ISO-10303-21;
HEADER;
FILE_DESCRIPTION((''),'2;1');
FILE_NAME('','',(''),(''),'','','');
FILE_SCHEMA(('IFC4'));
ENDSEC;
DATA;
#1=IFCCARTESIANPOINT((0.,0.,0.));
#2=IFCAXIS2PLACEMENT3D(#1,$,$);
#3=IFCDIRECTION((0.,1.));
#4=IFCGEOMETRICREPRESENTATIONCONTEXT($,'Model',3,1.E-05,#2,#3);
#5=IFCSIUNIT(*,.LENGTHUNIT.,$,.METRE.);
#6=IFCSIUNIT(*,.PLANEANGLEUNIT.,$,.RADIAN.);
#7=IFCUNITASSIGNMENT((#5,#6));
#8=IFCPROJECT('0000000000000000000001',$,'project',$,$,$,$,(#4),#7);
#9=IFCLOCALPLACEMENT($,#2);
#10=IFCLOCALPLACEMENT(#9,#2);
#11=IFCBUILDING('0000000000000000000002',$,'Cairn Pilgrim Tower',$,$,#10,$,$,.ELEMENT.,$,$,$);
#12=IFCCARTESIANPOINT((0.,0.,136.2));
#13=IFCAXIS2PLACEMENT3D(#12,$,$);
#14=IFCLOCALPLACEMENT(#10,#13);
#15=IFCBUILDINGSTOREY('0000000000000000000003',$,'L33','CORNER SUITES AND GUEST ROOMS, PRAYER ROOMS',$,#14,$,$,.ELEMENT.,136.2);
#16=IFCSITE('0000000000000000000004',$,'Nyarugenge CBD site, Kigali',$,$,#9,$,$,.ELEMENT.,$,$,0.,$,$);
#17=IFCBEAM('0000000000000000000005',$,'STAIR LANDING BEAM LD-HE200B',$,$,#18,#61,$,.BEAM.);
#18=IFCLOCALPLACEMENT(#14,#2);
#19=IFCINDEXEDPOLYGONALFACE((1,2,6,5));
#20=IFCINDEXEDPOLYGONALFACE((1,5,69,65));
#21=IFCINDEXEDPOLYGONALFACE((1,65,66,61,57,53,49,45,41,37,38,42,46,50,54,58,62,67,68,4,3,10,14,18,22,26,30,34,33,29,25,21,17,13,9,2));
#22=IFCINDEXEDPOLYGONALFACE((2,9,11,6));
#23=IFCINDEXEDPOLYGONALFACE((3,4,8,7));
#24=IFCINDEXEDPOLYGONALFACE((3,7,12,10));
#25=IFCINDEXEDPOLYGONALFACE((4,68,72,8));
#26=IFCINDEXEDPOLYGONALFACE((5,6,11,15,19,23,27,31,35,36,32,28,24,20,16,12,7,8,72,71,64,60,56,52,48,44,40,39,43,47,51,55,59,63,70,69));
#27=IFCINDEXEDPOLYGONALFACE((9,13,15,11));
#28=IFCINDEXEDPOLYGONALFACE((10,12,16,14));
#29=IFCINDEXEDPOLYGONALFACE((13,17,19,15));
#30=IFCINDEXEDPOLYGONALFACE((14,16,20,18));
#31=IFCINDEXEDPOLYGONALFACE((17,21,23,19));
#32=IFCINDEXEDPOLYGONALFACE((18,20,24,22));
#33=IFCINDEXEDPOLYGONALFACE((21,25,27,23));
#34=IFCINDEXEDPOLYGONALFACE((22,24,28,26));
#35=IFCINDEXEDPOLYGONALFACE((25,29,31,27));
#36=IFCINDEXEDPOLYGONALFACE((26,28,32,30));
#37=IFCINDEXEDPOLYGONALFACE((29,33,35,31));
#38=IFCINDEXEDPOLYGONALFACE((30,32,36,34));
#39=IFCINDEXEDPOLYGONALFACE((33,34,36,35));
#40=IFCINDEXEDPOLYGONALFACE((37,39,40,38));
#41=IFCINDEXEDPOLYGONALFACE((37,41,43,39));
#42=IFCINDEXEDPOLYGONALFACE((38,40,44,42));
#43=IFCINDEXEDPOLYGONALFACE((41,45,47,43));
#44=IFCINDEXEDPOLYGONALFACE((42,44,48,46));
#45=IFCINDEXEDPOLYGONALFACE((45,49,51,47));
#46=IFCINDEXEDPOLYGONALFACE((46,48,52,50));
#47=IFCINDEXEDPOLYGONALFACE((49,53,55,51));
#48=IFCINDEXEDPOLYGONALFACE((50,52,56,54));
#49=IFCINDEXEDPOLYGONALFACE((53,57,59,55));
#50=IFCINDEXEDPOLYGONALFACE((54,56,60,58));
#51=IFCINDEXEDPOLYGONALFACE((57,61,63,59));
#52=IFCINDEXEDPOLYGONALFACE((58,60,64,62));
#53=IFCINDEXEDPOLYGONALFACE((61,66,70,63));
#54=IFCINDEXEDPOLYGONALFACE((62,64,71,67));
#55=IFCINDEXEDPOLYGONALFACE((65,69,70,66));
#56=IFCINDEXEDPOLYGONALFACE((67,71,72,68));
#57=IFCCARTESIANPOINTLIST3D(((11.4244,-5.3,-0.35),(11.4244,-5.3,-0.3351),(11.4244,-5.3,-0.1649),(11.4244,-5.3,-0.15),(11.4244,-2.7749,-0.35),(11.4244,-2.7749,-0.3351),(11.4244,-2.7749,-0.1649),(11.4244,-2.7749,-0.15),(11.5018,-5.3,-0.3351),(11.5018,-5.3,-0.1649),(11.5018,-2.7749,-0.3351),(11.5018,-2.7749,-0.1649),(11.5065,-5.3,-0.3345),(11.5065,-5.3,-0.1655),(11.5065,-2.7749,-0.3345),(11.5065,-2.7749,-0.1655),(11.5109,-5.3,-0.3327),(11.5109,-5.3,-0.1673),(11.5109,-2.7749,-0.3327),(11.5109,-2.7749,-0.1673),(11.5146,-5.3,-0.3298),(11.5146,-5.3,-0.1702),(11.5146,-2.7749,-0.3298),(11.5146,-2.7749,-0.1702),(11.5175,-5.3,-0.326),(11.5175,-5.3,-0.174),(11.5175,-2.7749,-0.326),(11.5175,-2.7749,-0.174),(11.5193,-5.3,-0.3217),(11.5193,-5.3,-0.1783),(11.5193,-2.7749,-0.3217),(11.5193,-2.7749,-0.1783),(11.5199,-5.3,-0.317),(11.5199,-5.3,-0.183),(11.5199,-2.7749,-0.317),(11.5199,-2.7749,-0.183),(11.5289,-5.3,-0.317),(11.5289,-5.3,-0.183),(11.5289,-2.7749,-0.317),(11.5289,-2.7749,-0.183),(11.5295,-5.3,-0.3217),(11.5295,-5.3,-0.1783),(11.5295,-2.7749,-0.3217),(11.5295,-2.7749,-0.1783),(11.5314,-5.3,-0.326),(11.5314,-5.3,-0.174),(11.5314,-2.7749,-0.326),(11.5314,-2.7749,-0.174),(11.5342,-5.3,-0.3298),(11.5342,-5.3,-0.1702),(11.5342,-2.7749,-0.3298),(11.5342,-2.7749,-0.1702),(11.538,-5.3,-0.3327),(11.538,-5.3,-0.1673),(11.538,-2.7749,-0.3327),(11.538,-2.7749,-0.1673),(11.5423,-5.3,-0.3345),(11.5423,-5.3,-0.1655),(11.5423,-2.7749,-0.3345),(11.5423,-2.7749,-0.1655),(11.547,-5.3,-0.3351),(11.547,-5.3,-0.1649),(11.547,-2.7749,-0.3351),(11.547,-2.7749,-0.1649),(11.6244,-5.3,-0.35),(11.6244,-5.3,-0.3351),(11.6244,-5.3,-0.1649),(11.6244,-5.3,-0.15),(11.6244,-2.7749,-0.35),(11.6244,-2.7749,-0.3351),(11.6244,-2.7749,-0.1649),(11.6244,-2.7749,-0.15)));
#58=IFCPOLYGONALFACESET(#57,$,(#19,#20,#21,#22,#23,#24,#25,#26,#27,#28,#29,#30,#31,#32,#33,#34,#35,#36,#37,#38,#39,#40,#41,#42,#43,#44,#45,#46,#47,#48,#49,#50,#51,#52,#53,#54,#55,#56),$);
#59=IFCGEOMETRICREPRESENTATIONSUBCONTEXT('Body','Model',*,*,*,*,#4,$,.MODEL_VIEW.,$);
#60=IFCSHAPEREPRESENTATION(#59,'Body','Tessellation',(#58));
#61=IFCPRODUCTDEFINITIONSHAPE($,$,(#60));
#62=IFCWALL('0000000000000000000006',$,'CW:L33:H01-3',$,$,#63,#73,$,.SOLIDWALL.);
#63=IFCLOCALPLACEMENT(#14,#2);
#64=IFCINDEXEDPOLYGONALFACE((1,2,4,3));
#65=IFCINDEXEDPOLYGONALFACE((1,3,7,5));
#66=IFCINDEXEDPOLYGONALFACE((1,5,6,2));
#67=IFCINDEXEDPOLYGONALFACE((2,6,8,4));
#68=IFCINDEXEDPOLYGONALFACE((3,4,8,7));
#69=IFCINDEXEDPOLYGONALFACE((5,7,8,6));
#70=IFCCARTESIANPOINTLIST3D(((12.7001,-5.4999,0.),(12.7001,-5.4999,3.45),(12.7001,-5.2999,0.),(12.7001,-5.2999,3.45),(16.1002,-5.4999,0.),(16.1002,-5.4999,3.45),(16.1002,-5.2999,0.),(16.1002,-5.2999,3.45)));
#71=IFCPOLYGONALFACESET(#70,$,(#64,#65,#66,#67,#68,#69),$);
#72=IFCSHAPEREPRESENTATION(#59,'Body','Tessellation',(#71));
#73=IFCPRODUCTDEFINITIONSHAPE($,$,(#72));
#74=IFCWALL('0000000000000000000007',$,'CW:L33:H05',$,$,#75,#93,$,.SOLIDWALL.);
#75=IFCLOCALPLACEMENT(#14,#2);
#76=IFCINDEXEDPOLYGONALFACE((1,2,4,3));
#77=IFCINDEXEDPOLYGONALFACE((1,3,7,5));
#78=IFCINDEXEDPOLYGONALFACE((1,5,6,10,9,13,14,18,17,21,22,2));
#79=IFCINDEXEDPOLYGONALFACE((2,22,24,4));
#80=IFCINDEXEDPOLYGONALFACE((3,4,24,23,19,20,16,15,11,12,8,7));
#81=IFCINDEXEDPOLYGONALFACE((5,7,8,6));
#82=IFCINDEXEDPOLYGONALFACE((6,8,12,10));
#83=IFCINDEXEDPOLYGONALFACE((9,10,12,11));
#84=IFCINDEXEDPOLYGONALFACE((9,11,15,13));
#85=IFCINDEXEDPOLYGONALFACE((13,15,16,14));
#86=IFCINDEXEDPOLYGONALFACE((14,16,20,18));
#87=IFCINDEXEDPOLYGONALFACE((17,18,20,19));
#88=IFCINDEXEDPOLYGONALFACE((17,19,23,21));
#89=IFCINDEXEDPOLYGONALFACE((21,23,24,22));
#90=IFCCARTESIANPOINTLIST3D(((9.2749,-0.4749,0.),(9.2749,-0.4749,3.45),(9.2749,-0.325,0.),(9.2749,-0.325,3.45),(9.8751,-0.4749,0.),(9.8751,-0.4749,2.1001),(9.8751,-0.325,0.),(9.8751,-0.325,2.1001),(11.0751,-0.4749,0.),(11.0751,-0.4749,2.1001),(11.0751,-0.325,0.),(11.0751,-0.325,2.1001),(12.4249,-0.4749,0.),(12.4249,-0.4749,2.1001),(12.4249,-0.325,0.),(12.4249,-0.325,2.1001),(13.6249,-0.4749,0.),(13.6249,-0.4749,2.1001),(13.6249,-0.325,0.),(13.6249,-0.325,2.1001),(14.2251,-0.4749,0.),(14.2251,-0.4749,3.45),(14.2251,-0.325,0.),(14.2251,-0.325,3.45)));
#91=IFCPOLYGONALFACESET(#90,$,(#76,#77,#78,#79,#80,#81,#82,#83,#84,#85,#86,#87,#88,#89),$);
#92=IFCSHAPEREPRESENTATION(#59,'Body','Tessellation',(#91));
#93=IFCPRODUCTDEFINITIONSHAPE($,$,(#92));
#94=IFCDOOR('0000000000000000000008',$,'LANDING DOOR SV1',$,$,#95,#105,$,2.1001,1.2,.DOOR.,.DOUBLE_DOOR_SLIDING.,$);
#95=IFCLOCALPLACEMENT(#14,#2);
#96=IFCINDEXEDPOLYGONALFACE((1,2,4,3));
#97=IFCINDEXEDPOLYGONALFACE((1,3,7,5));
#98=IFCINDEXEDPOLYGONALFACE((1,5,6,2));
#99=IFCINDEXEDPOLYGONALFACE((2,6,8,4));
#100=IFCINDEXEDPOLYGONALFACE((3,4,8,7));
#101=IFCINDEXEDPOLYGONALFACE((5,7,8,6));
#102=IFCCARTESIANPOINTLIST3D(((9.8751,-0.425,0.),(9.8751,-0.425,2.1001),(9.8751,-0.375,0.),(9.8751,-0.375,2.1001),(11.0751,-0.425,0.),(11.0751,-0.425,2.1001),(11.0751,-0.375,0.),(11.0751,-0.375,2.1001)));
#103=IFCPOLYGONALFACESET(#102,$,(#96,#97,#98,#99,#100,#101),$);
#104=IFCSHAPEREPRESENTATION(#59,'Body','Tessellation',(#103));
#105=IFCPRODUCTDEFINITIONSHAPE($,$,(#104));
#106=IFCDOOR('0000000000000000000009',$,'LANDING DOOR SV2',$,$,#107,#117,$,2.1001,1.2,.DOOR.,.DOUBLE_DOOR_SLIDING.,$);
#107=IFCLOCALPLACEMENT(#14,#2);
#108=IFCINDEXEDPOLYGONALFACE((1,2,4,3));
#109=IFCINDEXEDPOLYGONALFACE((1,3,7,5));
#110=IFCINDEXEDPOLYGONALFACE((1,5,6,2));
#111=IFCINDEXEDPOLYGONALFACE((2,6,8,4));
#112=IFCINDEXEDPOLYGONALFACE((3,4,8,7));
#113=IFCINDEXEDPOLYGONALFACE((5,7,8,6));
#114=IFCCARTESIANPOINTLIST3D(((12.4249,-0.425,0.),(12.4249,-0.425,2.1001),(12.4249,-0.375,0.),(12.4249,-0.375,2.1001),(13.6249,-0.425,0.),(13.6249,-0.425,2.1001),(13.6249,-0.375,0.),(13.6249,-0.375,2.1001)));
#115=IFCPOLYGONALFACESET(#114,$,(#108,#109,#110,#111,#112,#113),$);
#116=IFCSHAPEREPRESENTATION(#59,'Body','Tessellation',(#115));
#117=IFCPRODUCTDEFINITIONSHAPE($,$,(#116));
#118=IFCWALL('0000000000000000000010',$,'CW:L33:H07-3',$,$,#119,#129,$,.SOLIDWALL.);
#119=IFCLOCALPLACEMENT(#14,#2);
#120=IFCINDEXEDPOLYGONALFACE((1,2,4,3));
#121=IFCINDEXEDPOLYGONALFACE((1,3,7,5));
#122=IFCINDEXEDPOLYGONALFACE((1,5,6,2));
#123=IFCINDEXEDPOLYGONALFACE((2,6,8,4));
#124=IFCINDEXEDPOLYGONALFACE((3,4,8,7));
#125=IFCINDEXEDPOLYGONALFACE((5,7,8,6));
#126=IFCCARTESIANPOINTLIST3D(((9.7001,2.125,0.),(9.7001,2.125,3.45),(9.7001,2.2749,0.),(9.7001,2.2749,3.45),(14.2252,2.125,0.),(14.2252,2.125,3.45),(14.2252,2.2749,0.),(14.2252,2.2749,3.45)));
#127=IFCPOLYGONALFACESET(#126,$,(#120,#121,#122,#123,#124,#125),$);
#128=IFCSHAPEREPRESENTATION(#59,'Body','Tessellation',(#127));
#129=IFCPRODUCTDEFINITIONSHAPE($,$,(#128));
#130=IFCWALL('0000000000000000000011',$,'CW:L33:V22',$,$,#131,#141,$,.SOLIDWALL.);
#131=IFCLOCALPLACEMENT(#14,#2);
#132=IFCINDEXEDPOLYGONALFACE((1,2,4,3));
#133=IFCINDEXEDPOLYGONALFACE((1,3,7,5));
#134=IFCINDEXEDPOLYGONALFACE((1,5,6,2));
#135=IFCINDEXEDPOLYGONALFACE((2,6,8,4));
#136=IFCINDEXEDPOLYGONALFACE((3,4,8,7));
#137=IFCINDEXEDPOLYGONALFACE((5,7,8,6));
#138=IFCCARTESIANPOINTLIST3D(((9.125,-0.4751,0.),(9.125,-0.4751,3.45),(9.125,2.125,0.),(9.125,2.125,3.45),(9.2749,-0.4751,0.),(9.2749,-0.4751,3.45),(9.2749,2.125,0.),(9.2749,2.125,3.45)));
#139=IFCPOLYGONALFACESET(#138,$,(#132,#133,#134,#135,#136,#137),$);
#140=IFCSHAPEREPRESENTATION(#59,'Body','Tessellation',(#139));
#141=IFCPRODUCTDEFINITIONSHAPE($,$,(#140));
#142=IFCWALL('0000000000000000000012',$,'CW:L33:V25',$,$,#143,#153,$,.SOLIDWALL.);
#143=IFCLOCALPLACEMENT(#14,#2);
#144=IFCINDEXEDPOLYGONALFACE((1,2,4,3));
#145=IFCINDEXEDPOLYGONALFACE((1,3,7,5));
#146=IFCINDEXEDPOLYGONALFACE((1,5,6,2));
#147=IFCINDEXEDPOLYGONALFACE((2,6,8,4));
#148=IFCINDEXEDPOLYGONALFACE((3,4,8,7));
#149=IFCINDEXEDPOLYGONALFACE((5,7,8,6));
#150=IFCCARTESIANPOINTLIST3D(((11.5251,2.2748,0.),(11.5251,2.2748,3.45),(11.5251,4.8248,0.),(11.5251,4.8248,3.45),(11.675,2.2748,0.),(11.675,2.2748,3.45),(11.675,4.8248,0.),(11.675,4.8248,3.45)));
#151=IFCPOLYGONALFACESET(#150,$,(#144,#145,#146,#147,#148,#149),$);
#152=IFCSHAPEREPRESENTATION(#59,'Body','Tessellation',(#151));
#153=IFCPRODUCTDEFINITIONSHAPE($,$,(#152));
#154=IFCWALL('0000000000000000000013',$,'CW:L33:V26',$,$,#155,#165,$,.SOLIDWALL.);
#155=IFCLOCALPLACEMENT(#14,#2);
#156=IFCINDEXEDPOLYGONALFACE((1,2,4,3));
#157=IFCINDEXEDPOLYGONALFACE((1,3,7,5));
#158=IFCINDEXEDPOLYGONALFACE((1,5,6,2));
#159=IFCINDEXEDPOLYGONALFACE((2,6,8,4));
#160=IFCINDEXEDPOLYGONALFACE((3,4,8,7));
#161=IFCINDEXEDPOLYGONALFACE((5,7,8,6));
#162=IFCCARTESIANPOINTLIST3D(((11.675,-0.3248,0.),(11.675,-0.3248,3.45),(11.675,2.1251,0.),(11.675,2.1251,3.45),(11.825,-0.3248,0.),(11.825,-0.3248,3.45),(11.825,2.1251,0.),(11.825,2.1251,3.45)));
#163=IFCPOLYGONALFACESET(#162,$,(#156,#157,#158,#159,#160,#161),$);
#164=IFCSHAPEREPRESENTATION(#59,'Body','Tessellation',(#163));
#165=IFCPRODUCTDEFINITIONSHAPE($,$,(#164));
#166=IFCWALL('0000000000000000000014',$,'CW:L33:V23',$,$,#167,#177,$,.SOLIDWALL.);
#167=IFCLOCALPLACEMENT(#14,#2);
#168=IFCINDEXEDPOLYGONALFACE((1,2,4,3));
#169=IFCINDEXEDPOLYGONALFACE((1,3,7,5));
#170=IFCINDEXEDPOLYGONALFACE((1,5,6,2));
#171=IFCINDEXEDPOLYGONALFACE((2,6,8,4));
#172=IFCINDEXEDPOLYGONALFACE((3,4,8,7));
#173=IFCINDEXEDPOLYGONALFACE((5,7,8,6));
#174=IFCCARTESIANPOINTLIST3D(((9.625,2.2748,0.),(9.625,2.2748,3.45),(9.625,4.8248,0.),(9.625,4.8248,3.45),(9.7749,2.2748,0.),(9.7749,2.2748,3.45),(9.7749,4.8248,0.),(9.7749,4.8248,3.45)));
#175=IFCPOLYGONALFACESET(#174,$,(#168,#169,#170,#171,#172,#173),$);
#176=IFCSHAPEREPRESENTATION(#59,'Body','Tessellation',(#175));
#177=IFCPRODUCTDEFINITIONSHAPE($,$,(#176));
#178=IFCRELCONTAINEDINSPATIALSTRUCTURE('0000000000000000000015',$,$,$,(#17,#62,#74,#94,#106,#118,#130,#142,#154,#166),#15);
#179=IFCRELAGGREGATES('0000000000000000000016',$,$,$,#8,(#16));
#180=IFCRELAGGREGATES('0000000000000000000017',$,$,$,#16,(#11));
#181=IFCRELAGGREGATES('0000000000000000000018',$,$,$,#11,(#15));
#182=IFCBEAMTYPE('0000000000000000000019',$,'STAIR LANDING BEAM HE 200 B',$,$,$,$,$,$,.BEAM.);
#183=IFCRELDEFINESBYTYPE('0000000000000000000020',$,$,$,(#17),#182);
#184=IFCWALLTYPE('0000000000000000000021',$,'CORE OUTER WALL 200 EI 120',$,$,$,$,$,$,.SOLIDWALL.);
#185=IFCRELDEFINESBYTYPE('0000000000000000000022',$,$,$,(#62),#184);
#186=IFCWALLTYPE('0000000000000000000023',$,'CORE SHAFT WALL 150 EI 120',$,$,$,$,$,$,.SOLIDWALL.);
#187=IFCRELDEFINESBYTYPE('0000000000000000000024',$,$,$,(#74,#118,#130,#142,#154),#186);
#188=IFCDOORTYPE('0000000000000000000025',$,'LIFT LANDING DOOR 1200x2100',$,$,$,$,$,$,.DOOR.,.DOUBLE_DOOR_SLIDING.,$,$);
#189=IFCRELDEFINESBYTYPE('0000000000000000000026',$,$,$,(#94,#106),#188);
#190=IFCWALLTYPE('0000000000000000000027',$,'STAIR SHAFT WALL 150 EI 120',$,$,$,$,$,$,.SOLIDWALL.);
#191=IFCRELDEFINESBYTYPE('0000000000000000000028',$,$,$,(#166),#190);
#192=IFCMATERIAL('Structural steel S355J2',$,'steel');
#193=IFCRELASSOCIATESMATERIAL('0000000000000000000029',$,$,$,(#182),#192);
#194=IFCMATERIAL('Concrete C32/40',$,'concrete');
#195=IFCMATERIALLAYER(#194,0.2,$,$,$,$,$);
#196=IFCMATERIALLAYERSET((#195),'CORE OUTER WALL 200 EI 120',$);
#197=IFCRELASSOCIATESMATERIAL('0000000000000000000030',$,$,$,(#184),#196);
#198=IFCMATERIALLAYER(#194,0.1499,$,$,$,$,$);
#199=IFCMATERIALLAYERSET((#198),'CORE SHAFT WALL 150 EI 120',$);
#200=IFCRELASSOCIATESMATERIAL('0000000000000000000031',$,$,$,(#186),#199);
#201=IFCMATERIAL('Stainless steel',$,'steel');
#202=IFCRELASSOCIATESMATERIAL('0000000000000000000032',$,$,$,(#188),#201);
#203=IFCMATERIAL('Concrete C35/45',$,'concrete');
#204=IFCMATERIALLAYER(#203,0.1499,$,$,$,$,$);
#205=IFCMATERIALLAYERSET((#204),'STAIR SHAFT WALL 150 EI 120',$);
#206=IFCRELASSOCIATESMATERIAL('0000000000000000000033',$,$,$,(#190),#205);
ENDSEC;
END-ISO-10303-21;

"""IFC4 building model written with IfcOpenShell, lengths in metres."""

from ifc_helpers import new_model, si_unit, direction, frame, frame_2d, origin, origin_2d, place, context, subcontext, project, spatial, rectangle, i_section, extrude, material, layer, layer_set, material_profile, profile_set, type_object, element, fill, save


model = new_model("IFC4")

# Units and contexts
model_context = context("Model", 3, precision=1e-05, world=origin(), true_north=direction((0.0, 1.0)))
body_context = subcontext(model_context, "Body", "Model", "MODEL_VIEW")
ifc_project = project(units=[si_unit("LENGTHUNIT", "METRE"), si_unit("PLANEANGLEUNIT", "RADIAN")], contexts=[model_context])

# Site, building, storey
site_placement = place(None, origin())
site = spatial("IfcSite", under=ifc_project, at=site_placement, Name="Nyarugenge CBD site, Kigali", CompositionType="ELEMENT", RefElevation=0.0)
building_placement = place(site_placement, origin())
building = spatial("IfcBuilding", under=site, at=building_placement, Name="Cairn Pilgrim Tower", CompositionType="ELEMENT")
storey_placement = place(building_placement, frame((0.0, 0.0, 136.2)))
storey = spatial("IfcBuildingStorey", under=building, at=storey_placement, Name="L33", Description="CORNER SUITES AND GUEST ROOMS, PRAYER ROOMS", CompositionType="ELEMENT", Elevation=136.2)

# Beam
ifc_material_1 = material(Name="Structural steel S355J2", Category="steel")
ifc_material_profile = material_profile(ifc_material_1, i_section(OverallWidth=0.2, OverallDepth=0.2, WebThickness=0.009, FlangeThickness=0.0149, FilletRadius=0.0181, at=origin_2d()), Name="HE 200 B")
ifc_profile_set = profile_set([ifc_material_profile], Name="Structural steel S355J2")
beam_type = type_object("IfcBeamType", Name="STAIR LANDING BEAM HE 200 B", PredefinedType="BEAM", material=ifc_profile_set)
beam_placement = place(storey_placement, frame((11.5244, -2.7749, -0.25), z_axis=(0.0, -1.0, 0.0), x_axis=(1.0, 0.0, 0.0)))
element("IfcBeam", 1, at=beam_placement, inside=storey, type_object=beam_type, Name="STAIR LANDING BEAM LD-HE200B", PredefinedType="BEAM", context=body_context, shape_type="SweptSolid", body=[
    extrude(i_section(OverallWidth=0.2, OverallDepth=0.2, WebThickness=0.009, FlangeThickness=0.0149, FilletRadius=0.0181, at=origin_2d()), origin(), (0.0, 0.0, 1.0), 2.5251),
])

# Wall
ifc_material_2 = material(Name="Concrete C32/40", Category="concrete")
ifc_layer_1 = layer(ifc_material_2, 0.2)
ifc_layer_set_1 = layer_set([ifc_layer_1], Name="CORE OUTER WALL 200 EI 120")
wall_type_1 = type_object("IfcWallType", Name="CORE OUTER WALL 200 EI 120", PredefinedType="SOLIDWALL", material=ifc_layer_set_1)
wall_1_placement = place(storey_placement, frame((12.7, -5.3999, 0.0), z_axis=(0.0, 0.0, 1.0), x_axis=(1.0, 0.0, 0.0)))
element("IfcWall", 2, at=wall_1_placement, inside=storey, type_object=wall_type_1, Name="CW:L33:H01-3", PredefinedType="SOLIDWALL", context=body_context, shape_type="SweptSolid", body=[
    extrude(rectangle(XDim=3.4001, YDim=0.2, at=frame_2d((1.7002, 0.0))), origin(), (0.0, 0.0, 1.0), 3.45),
])

# Wall, openings, doors
ifc_layer_2 = layer(ifc_material_2, 0.1499)
ifc_layer_set_2 = layer_set([ifc_layer_2], Name="CORE SHAFT WALL 150 EI 120")
wall_type_2 = type_object("IfcWallType", Name="CORE SHAFT WALL 150 EI 120", PredefinedType="SOLIDWALL", material=ifc_layer_set_2)
wall_2_placement = place(storey_placement, frame((9.2749, -0.3999, 0.0), z_axis=(0.0, 0.0, 1.0), x_axis=(1.0, 0.0, 0.0)))
wall_2 = element("IfcWall", 3, at=wall_2_placement, inside=storey, type_object=wall_type_2, Name="CW:L33:H05", PredefinedType="SOLIDWALL", context=body_context, shape_type="SweptSolid", body=[
    extrude(rectangle(XDim=4.9502, YDim=0.1499, at=frame_2d((2.4751, 0.0))), origin(), (0.0, 0.0, 1.0), 3.45),
])
opening_1_placement = place(wall_2_placement, frame((0.6001, 0.0, 0.0)))
opening_1 = element("IfcOpeningElement", 4, at=opening_1_placement, cuts=wall_2, PredefinedType="OPENING", context=body_context, shape_type="SweptSolid", body=[
    extrude(rectangle(XDim=1.2, YDim=2.1001, at=frame_2d((0.6001, 1.05))), frame((0.0, 0.085, 0.0), z_axis=(0.0, -1.0, 0.0), x_axis=(1.0, 0.0, 0.0)), (0.0, 0.0, 1.0), 0.1699),
])
opening_2_placement = place(wall_2_placement, frame((3.1499, 0.0, 0.0)))
opening_2 = element("IfcOpeningElement", 5, at=opening_2_placement, cuts=wall_2, PredefinedType="OPENING", context=body_context, shape_type="SweptSolid", body=[
    extrude(rectangle(XDim=1.2, YDim=2.1001, at=frame_2d((0.6001, 1.05))), frame((0.0, 0.085, 0.0), z_axis=(0.0, -1.0, 0.0), x_axis=(1.0, 0.0, 0.0)), (0.0, 0.0, 1.0), 0.1699),
])
ifc_material_3 = material(Name="Stainless steel", Category="steel")
door_type = type_object("IfcDoorType", Name="LIFT LANDING DOOR 1200x2100", OperationType="DOUBLE_DOOR_SLIDING", PredefinedType="DOOR", material=ifc_material_3)
door_1_placement = place(opening_1_placement, origin())
door_1 = element("IfcDoor", 6, at=door_1_placement, inside=storey, type_object=door_type, Name="LANDING DOOR SV1", OperationType="DOUBLE_DOOR_SLIDING", OverallHeight=2.1001, OverallWidth=1.2, PredefinedType="DOOR", context=body_context, shape_type="SweptSolid", body=[
    extrude(rectangle(XDim=1.2, YDim=2.1001, at=frame_2d((0.6001, 1.05))), frame((0.0, 0.0249, 0.0), z_axis=(0.0, -1.0, 0.0), x_axis=(1.0, 0.0, 0.0)), (0.0, 0.0, 1.0), 0.05),
])
fill(opening_1, door_1)
door_2_placement = place(opening_2_placement, origin())
door_2 = element("IfcDoor", 7, at=door_2_placement, inside=storey, type_object=door_type, Name="LANDING DOOR SV2", OperationType="DOUBLE_DOOR_SLIDING", OverallHeight=2.1001, OverallWidth=1.2, PredefinedType="DOOR", context=body_context, shape_type="SweptSolid", body=[
    extrude(rectangle(XDim=1.2, YDim=2.1001, at=frame_2d((0.6001, 1.05))), frame((0.0, 0.0249, 0.0), z_axis=(0.0, -1.0, 0.0), x_axis=(1.0, 0.0, 0.0)), (0.0, 0.0, 1.0), 0.05),
])
fill(opening_2, door_2)

# Walls
wall_3_placement = place(storey_placement, frame((9.7, 2.2, 0.0), z_axis=(0.0, 0.0, 1.0), x_axis=(1.0, 0.0, 0.0)))
element("IfcWall", 8, at=wall_3_placement, inside=storey, type_object=wall_type_2, Name="CW:L33:H07-3", PredefinedType="SOLIDWALL", context=body_context, shape_type="SweptSolid", body=[
    extrude(rectangle(XDim=4.5251, YDim=0.1499, at=frame_2d((2.2627, 0.0))), origin(), (0.0, 0.0, 1.0), 3.45),
])
wall_4_placement = place(storey_placement, frame((9.2, -0.4751, 0.0), z_axis=(0.0, 0.0, 1.0), x_axis=(0.0, 1.0, 0.0)))
element("IfcWall", 9, at=wall_4_placement, inside=storey, type_object=wall_type_2, Name="CW:L33:V22", PredefinedType="SOLIDWALL", context=body_context, shape_type="SweptSolid", body=[
    extrude(rectangle(XDim=2.6001, YDim=0.1499, at=frame_2d((1.3, 0.0))), origin(), (0.0, 0.0, 1.0), 3.45),
])
wall_5_placement = place(storey_placement, frame((11.6001, 2.2749, 0.0), z_axis=(0.0, 0.0, 1.0), x_axis=(0.0, 1.0, 0.0)))
element("IfcWall", 10, at=wall_5_placement, inside=storey, type_object=wall_type_2, Name="CW:L33:V25", PredefinedType="SOLIDWALL", context=body_context, shape_type="SweptSolid", body=[
    extrude(rectangle(XDim=2.55, YDim=0.1499, at=frame_2d((1.2749, 0.0))), origin(), (0.0, 0.0, 1.0), 3.45),
])
wall_6_placement = place(storey_placement, frame((11.75, -0.325, 0.0), z_axis=(0.0, 0.0, 1.0), x_axis=(0.0, 1.0, 0.0)))
element("IfcWall", 11, at=wall_6_placement, inside=storey, type_object=wall_type_2, Name="CW:L33:V26", PredefinedType="SOLIDWALL", context=body_context, shape_type="SweptSolid", body=[
    extrude(rectangle(XDim=2.45, YDim=0.1499, at=frame_2d((1.2251, 0.0))), origin(), (0.0, 0.0, 1.0), 3.45),
])
ifc_material_4 = material(Name="Concrete C35/45", Category="concrete")
ifc_layer_3 = layer(ifc_material_4, 0.1499)
ifc_layer_set_3 = layer_set([ifc_layer_3], Name="STAIR SHAFT WALL 150 EI 120")
wall_type_3 = type_object("IfcWallType", Name="STAIR SHAFT WALL 150 EI 120", PredefinedType="SOLIDWALL", material=ifc_layer_set_3)
wall_7_placement = place(storey_placement, frame((9.7, 2.2749, 0.0), z_axis=(0.0, 0.0, 1.0), x_axis=(0.0, 1.0, 0.0)))
element("IfcWall", 12, at=wall_7_placement, inside=storey, type_object=wall_type_3, Name="CW:L33:V23", PredefinedType="SOLIDWALL", context=body_context, shape_type="SweptSolid", body=[
    extrude(rectangle(XDim=2.55, YDim=0.1499, at=frame_2d((1.2749, 0.0))), origin(), (0.0, 0.0, 1.0), 3.45),
])

save(model, "model.ifc")
